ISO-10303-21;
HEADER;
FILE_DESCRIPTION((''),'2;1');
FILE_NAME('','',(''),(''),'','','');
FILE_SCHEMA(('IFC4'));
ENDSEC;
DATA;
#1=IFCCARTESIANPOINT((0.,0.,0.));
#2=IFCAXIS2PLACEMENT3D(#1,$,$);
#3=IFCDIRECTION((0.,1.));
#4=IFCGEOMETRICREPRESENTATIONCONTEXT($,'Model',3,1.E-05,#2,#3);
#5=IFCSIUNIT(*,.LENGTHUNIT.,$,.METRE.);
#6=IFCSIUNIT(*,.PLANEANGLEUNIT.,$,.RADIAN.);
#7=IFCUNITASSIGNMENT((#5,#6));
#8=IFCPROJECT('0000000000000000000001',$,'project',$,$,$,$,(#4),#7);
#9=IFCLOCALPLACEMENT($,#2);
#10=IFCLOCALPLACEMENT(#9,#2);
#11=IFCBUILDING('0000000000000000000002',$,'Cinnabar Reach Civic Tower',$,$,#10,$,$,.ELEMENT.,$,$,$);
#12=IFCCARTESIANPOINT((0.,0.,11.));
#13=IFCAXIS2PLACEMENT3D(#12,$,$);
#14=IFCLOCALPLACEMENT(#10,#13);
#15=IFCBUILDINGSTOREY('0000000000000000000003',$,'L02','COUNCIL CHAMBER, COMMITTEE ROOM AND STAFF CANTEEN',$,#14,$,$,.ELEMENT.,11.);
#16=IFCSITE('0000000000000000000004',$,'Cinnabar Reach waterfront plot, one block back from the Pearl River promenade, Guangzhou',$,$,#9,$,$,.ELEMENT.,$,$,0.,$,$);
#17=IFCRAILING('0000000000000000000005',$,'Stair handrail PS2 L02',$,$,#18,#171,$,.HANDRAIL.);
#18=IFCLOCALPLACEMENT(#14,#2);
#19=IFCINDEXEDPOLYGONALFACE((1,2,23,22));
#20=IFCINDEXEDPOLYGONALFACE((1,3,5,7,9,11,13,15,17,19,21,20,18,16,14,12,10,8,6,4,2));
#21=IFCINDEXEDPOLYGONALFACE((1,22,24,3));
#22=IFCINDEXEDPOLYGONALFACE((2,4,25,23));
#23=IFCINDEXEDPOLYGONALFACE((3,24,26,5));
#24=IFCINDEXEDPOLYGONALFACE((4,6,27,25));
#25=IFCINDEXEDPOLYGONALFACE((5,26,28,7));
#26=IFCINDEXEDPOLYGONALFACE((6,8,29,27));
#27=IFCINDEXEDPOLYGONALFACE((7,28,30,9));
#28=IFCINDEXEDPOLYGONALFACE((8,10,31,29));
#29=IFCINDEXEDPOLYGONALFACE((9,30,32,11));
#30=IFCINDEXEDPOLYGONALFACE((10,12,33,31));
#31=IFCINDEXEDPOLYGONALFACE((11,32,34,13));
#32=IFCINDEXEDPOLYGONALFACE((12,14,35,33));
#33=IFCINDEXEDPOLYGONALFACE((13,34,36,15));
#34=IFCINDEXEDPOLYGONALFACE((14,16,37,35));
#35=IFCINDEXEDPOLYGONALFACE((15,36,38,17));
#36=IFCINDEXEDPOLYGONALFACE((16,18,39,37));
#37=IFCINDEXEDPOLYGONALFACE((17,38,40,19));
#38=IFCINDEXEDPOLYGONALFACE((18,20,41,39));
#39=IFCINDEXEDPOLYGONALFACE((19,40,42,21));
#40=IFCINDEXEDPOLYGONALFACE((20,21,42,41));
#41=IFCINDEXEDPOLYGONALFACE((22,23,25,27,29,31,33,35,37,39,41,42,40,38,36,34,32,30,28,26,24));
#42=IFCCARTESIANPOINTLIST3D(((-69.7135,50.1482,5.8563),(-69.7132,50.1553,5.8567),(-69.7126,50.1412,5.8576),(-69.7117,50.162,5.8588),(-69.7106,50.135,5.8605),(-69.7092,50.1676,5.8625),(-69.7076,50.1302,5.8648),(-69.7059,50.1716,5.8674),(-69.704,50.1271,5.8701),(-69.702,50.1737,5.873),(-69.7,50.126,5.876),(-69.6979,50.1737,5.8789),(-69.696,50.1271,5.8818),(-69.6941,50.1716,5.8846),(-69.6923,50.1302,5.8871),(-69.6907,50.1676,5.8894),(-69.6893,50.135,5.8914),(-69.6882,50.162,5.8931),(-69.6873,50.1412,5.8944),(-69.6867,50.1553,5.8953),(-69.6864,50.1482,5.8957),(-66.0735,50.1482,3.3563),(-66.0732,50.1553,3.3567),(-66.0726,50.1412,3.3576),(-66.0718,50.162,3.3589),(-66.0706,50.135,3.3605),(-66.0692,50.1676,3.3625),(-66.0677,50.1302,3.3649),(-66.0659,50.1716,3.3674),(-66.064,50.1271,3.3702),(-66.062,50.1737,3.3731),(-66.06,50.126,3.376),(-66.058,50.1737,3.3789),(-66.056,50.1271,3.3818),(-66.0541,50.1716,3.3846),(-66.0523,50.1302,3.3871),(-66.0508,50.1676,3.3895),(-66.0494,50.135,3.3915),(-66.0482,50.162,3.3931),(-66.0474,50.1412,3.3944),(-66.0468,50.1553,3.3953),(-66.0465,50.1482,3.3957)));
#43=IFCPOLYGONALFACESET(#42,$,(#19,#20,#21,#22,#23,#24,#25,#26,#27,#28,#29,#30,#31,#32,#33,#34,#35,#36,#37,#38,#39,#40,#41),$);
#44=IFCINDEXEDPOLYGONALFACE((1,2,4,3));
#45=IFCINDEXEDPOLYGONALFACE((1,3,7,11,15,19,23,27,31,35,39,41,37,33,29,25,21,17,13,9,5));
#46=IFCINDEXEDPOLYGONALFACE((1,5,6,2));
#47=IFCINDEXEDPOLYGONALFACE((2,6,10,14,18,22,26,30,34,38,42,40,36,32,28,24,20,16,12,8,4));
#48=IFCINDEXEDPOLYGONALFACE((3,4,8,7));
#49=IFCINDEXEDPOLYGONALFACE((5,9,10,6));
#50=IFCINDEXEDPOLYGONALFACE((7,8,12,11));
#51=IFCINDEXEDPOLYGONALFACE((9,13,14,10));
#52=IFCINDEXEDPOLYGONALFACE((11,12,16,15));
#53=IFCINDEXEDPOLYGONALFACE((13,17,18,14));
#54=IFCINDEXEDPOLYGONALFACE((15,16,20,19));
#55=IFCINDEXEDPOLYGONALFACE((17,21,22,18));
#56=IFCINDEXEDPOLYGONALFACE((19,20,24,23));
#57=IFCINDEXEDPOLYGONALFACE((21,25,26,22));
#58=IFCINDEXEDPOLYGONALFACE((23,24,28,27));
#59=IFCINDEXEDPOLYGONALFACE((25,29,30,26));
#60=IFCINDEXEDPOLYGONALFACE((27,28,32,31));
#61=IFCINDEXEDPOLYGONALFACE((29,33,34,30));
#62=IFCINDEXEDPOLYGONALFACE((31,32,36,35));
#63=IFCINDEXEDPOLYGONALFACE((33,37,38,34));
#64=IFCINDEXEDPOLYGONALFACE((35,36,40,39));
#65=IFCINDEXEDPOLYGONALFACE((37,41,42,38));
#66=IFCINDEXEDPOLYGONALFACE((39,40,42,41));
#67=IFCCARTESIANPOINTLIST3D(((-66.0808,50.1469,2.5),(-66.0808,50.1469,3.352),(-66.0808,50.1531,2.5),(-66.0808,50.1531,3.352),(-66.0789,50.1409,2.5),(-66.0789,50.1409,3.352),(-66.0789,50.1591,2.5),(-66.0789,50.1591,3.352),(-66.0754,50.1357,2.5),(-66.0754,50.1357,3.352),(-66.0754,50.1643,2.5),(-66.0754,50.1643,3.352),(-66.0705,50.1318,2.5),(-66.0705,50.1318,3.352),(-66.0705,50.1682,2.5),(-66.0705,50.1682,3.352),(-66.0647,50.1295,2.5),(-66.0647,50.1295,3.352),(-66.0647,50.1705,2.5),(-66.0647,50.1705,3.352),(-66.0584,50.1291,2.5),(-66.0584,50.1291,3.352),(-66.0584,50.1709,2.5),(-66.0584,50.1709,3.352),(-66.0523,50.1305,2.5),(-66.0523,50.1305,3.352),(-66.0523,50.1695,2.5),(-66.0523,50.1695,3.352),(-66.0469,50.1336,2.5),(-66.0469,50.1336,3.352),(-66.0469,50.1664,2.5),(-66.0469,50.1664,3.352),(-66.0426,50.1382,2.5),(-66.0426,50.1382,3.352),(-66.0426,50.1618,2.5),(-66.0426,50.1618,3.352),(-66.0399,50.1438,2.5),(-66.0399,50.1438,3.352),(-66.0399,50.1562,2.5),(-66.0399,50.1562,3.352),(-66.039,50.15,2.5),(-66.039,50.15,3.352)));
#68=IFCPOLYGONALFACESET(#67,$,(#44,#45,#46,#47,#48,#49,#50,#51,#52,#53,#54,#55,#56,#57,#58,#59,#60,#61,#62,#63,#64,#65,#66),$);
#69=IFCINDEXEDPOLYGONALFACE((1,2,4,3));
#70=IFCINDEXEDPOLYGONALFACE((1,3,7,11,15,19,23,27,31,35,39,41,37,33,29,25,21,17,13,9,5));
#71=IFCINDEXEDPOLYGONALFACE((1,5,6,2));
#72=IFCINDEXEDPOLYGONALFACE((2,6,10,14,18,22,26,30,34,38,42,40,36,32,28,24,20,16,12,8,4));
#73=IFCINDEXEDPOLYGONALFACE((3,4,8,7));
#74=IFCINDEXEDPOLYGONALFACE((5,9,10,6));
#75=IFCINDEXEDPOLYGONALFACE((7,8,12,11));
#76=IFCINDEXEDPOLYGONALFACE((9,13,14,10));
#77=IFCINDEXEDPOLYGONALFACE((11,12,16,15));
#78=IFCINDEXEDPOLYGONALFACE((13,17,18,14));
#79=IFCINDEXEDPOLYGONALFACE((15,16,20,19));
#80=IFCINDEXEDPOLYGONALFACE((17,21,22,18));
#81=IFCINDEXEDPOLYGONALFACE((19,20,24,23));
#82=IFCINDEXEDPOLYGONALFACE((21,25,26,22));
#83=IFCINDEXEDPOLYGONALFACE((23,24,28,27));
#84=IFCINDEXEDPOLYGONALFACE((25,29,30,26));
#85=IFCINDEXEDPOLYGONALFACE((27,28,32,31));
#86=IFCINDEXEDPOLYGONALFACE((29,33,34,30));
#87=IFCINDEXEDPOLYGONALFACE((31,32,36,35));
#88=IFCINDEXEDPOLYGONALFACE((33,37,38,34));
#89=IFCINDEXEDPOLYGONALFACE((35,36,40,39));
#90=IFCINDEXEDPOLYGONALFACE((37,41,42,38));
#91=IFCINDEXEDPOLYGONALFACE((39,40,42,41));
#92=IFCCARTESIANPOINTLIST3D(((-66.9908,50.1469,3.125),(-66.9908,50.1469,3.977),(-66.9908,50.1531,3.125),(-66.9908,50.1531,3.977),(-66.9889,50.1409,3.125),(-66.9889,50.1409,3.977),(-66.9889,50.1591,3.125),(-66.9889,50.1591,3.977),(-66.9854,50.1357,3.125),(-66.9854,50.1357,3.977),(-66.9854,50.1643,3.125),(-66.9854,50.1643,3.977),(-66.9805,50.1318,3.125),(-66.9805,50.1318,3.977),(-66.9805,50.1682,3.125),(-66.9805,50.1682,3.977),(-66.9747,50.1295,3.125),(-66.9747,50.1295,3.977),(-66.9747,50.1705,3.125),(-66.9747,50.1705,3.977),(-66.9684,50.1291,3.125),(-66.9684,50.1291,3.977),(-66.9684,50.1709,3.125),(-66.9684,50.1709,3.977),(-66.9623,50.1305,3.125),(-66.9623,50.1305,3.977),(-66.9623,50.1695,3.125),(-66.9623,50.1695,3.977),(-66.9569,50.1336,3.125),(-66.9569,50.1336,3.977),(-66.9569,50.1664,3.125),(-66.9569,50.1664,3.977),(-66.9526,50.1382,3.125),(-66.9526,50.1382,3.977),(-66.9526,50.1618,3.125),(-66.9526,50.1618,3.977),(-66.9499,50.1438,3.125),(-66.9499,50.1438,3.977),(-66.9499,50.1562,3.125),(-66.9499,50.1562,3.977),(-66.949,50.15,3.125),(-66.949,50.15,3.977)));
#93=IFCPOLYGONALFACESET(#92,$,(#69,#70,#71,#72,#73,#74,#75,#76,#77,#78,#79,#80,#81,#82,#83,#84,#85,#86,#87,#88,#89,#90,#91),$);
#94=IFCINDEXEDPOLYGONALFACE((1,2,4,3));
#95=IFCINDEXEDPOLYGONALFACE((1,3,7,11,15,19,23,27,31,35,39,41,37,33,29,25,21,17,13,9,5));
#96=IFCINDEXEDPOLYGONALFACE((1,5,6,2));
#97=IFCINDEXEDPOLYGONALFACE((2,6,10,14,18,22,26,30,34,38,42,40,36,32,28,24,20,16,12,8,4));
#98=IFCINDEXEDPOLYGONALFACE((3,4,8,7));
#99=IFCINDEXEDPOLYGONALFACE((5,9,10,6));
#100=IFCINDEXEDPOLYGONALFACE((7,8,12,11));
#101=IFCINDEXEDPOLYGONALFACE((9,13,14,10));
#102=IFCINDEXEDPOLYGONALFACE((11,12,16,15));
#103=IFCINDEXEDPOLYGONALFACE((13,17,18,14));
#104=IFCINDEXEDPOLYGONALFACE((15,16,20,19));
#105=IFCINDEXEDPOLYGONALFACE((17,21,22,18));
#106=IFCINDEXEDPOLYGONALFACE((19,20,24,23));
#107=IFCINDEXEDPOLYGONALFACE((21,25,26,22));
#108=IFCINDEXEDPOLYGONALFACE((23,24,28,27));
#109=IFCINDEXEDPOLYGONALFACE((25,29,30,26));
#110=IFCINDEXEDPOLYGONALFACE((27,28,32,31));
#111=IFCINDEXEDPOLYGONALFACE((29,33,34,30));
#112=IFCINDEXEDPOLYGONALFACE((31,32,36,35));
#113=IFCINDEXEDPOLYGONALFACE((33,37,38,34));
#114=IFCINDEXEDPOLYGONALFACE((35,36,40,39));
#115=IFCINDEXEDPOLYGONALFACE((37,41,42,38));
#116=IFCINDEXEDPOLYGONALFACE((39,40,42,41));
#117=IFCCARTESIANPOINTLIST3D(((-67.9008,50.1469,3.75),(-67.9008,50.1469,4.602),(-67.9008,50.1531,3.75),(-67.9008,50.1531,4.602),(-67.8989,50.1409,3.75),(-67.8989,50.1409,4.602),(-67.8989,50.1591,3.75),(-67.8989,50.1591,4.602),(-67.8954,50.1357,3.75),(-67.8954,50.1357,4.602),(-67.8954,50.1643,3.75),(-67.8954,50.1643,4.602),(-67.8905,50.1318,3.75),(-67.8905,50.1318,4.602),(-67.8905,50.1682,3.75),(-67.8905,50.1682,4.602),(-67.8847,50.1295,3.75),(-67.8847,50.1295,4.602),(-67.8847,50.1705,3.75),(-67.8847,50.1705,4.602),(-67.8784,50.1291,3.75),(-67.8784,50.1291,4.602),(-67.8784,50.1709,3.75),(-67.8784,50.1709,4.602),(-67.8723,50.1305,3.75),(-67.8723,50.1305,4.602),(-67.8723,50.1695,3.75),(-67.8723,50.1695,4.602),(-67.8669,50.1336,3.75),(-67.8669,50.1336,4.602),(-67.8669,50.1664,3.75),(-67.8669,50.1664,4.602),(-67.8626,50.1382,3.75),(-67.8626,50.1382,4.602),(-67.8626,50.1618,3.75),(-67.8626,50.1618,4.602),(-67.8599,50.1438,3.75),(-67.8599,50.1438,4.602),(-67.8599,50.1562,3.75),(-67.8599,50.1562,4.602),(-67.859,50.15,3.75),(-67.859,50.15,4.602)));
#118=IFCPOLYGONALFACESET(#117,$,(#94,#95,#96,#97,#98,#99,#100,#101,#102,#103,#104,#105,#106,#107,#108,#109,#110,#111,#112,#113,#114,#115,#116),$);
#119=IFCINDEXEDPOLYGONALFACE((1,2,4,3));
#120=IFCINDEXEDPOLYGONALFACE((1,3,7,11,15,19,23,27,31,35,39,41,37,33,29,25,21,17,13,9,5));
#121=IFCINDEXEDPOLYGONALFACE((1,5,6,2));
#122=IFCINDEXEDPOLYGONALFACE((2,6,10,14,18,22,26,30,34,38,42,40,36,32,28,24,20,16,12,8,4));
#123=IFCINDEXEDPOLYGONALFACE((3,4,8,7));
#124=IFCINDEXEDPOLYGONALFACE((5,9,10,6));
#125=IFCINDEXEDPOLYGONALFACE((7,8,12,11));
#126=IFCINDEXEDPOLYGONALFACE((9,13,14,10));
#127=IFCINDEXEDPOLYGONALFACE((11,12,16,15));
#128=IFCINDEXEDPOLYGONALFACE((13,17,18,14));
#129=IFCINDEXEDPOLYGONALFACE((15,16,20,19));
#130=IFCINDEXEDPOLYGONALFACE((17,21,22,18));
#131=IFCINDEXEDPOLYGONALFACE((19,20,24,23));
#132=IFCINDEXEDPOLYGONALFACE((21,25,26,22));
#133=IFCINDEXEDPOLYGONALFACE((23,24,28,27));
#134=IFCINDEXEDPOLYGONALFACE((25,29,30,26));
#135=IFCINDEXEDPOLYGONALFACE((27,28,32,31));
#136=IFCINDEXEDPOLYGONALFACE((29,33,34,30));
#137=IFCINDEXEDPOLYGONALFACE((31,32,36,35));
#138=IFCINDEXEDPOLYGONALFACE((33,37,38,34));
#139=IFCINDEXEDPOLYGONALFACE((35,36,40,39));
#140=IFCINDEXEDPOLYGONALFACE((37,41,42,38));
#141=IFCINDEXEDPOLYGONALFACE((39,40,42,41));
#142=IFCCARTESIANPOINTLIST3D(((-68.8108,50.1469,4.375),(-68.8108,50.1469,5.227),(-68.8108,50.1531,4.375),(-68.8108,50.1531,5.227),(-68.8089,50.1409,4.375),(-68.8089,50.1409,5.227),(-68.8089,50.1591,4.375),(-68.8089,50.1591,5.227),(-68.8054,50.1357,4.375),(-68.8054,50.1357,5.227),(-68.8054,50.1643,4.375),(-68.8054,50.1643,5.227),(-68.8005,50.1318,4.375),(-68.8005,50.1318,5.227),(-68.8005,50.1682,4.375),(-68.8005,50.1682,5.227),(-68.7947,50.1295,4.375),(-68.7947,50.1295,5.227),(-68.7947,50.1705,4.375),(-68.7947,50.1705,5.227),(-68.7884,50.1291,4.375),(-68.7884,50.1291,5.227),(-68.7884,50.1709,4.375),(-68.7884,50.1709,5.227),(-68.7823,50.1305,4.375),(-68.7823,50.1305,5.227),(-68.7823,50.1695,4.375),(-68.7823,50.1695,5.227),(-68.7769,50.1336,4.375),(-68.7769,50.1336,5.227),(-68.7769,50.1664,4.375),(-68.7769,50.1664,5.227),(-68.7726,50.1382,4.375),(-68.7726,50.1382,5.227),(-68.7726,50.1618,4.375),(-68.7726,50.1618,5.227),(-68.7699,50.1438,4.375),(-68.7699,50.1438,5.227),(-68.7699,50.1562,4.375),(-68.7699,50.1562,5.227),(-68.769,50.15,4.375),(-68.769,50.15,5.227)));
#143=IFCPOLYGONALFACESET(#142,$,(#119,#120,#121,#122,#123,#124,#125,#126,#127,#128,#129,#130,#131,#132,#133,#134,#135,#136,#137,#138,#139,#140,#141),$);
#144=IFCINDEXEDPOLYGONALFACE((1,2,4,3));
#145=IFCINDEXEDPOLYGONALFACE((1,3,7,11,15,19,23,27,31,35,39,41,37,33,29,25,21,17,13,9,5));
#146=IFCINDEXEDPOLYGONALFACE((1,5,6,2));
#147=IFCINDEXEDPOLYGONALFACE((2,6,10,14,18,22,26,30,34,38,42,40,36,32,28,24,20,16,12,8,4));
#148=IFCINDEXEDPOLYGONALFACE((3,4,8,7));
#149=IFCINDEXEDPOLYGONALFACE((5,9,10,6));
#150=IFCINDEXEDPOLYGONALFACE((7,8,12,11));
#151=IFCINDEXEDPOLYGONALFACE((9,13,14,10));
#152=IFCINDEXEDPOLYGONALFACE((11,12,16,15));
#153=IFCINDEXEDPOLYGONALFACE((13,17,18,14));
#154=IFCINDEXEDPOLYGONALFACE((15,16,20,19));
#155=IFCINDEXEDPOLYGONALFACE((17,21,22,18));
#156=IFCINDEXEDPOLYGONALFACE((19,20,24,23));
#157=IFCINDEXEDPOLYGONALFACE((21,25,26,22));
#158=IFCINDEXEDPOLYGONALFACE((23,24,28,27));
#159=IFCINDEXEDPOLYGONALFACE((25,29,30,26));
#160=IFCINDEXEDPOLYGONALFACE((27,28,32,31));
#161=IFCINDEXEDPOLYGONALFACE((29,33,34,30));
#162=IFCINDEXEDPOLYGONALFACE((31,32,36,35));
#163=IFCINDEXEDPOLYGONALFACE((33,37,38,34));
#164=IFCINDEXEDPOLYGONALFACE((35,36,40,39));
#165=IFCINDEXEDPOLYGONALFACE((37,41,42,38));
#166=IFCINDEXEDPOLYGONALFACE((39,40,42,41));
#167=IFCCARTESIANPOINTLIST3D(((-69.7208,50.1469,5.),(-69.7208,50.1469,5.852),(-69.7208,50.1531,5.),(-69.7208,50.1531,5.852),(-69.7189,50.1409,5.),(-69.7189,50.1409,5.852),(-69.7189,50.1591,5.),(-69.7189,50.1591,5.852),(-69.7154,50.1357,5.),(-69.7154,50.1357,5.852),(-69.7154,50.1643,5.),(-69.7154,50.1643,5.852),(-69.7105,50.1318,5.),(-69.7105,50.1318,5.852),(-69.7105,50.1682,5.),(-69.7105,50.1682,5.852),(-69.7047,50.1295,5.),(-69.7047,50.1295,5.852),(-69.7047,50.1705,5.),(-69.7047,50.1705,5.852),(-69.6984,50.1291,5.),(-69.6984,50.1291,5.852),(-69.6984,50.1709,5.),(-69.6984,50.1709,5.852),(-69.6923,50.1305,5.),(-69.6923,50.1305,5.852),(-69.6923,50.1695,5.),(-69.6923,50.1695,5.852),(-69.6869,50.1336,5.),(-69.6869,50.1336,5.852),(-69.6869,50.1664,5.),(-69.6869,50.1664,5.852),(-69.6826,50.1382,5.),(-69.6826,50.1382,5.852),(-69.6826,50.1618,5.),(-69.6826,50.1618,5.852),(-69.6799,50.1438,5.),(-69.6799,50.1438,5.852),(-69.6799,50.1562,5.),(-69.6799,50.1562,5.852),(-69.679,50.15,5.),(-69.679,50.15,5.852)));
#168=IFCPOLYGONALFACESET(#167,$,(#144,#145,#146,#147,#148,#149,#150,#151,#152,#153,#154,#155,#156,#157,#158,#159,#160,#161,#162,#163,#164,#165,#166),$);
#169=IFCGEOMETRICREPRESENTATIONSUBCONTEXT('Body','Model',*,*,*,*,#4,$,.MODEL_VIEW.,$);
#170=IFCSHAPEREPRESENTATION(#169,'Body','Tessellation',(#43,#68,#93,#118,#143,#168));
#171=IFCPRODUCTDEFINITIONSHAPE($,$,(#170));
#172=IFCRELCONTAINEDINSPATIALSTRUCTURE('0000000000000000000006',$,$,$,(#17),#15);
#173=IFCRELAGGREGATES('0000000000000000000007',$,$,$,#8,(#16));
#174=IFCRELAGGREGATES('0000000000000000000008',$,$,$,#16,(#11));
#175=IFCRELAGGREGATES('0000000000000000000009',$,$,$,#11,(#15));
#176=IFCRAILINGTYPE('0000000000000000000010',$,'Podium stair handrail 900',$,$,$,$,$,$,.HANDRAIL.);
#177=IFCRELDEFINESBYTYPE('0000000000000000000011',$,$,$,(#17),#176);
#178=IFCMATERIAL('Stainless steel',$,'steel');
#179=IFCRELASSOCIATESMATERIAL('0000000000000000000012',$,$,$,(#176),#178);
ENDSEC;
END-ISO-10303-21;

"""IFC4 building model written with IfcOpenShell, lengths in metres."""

from ifc_helpers import new_model, si_unit, direction, frame, origin, origin_2d, place, context, subcontext, project, spatial, circle, extrude, material, type_object, element, save


model = new_model("IFC4")

# Units and contexts
model_context = context("Model", 3, precision=1e-05, world=origin(), true_north=direction((0.0, 1.0)))
body_context = subcontext(model_context, "Body", "Model", "MODEL_VIEW")
ifc_project = project(units=[si_unit("LENGTHUNIT", "METRE"), si_unit("PLANEANGLEUNIT", "RADIAN")], contexts=[model_context])

# Site, building, storey
site_placement = place(None, origin())
site = spatial("IfcSite", under=ifc_project, at=site_placement, Name="Cinnabar Reach waterfront plot, one block back from the Pearl River promenade, Guangzhou", CompositionType="ELEMENT", RefElevation=0.0)
building_placement = place(site_placement, origin())
building = spatial("IfcBuilding", under=site, at=building_placement, Name="Cinnabar Reach Civic Tower", CompositionType="ELEMENT")
storey_placement = place(building_placement, frame((0.0, 0.0, 11.0)))
storey = spatial("IfcBuildingStorey", under=building, at=storey_placement, Name="L02", Description="COUNCIL CHAMBER, COMMITTEE ROOM AND STAFF CANTEEN", CompositionType="ELEMENT", Elevation=11.0)

# Railing
ifc_material_1 = material(Name="Stainless steel", Category="steel")
railing_type_1 = type_object("IfcRailingType", Name="Podium stair handrail 900", PredefinedType="HANDRAIL", material=ifc_material_1)
railing_1_placement = place(storey_placement, frame((-66.06, 50.15, 2.5)))
element("IfcRailing", 1, at=railing_1_placement, inside=storey, type_object=railing_type_1, Name="Stair handrail PS2 L02", PredefinedType="HANDRAIL", context=body_context, shape_type="SweptSolid", body=[
    extrude(circle(Radius=0.024, at=origin_2d()), frame((0.0, 0.0, 0.876), z_axis=(-0.824306, 0.0, 0.566144), x_axis=(0.0, -1.0, 0.0)), (0.0, 0.0, 1.0), 4.4158),
    extrude(circle(Radius=0.021, at=origin_2d()), origin(), (0.0, 0.0, 1.0), 0.852),
    extrude(circle(Radius=0.021, at=origin_2d()), frame((-0.91, 0.0, 0.625)), (0.0, 0.0, 1.0), 0.852),
    extrude(circle(Radius=0.021, at=origin_2d()), frame((-1.82, 0.0, 1.25)), (0.0, 0.0, 1.0), 0.852),
    extrude(circle(Radius=0.021, at=origin_2d()), frame((-2.73, 0.0, 1.875)), (0.0, 0.0, 1.0), 0.852),
    extrude(circle(Radius=0.021, at=origin_2d()), frame((-3.64, 0.0, 2.5)), (0.0, 0.0, 1.0), 0.852),
])

save(model, "model.ifc")
